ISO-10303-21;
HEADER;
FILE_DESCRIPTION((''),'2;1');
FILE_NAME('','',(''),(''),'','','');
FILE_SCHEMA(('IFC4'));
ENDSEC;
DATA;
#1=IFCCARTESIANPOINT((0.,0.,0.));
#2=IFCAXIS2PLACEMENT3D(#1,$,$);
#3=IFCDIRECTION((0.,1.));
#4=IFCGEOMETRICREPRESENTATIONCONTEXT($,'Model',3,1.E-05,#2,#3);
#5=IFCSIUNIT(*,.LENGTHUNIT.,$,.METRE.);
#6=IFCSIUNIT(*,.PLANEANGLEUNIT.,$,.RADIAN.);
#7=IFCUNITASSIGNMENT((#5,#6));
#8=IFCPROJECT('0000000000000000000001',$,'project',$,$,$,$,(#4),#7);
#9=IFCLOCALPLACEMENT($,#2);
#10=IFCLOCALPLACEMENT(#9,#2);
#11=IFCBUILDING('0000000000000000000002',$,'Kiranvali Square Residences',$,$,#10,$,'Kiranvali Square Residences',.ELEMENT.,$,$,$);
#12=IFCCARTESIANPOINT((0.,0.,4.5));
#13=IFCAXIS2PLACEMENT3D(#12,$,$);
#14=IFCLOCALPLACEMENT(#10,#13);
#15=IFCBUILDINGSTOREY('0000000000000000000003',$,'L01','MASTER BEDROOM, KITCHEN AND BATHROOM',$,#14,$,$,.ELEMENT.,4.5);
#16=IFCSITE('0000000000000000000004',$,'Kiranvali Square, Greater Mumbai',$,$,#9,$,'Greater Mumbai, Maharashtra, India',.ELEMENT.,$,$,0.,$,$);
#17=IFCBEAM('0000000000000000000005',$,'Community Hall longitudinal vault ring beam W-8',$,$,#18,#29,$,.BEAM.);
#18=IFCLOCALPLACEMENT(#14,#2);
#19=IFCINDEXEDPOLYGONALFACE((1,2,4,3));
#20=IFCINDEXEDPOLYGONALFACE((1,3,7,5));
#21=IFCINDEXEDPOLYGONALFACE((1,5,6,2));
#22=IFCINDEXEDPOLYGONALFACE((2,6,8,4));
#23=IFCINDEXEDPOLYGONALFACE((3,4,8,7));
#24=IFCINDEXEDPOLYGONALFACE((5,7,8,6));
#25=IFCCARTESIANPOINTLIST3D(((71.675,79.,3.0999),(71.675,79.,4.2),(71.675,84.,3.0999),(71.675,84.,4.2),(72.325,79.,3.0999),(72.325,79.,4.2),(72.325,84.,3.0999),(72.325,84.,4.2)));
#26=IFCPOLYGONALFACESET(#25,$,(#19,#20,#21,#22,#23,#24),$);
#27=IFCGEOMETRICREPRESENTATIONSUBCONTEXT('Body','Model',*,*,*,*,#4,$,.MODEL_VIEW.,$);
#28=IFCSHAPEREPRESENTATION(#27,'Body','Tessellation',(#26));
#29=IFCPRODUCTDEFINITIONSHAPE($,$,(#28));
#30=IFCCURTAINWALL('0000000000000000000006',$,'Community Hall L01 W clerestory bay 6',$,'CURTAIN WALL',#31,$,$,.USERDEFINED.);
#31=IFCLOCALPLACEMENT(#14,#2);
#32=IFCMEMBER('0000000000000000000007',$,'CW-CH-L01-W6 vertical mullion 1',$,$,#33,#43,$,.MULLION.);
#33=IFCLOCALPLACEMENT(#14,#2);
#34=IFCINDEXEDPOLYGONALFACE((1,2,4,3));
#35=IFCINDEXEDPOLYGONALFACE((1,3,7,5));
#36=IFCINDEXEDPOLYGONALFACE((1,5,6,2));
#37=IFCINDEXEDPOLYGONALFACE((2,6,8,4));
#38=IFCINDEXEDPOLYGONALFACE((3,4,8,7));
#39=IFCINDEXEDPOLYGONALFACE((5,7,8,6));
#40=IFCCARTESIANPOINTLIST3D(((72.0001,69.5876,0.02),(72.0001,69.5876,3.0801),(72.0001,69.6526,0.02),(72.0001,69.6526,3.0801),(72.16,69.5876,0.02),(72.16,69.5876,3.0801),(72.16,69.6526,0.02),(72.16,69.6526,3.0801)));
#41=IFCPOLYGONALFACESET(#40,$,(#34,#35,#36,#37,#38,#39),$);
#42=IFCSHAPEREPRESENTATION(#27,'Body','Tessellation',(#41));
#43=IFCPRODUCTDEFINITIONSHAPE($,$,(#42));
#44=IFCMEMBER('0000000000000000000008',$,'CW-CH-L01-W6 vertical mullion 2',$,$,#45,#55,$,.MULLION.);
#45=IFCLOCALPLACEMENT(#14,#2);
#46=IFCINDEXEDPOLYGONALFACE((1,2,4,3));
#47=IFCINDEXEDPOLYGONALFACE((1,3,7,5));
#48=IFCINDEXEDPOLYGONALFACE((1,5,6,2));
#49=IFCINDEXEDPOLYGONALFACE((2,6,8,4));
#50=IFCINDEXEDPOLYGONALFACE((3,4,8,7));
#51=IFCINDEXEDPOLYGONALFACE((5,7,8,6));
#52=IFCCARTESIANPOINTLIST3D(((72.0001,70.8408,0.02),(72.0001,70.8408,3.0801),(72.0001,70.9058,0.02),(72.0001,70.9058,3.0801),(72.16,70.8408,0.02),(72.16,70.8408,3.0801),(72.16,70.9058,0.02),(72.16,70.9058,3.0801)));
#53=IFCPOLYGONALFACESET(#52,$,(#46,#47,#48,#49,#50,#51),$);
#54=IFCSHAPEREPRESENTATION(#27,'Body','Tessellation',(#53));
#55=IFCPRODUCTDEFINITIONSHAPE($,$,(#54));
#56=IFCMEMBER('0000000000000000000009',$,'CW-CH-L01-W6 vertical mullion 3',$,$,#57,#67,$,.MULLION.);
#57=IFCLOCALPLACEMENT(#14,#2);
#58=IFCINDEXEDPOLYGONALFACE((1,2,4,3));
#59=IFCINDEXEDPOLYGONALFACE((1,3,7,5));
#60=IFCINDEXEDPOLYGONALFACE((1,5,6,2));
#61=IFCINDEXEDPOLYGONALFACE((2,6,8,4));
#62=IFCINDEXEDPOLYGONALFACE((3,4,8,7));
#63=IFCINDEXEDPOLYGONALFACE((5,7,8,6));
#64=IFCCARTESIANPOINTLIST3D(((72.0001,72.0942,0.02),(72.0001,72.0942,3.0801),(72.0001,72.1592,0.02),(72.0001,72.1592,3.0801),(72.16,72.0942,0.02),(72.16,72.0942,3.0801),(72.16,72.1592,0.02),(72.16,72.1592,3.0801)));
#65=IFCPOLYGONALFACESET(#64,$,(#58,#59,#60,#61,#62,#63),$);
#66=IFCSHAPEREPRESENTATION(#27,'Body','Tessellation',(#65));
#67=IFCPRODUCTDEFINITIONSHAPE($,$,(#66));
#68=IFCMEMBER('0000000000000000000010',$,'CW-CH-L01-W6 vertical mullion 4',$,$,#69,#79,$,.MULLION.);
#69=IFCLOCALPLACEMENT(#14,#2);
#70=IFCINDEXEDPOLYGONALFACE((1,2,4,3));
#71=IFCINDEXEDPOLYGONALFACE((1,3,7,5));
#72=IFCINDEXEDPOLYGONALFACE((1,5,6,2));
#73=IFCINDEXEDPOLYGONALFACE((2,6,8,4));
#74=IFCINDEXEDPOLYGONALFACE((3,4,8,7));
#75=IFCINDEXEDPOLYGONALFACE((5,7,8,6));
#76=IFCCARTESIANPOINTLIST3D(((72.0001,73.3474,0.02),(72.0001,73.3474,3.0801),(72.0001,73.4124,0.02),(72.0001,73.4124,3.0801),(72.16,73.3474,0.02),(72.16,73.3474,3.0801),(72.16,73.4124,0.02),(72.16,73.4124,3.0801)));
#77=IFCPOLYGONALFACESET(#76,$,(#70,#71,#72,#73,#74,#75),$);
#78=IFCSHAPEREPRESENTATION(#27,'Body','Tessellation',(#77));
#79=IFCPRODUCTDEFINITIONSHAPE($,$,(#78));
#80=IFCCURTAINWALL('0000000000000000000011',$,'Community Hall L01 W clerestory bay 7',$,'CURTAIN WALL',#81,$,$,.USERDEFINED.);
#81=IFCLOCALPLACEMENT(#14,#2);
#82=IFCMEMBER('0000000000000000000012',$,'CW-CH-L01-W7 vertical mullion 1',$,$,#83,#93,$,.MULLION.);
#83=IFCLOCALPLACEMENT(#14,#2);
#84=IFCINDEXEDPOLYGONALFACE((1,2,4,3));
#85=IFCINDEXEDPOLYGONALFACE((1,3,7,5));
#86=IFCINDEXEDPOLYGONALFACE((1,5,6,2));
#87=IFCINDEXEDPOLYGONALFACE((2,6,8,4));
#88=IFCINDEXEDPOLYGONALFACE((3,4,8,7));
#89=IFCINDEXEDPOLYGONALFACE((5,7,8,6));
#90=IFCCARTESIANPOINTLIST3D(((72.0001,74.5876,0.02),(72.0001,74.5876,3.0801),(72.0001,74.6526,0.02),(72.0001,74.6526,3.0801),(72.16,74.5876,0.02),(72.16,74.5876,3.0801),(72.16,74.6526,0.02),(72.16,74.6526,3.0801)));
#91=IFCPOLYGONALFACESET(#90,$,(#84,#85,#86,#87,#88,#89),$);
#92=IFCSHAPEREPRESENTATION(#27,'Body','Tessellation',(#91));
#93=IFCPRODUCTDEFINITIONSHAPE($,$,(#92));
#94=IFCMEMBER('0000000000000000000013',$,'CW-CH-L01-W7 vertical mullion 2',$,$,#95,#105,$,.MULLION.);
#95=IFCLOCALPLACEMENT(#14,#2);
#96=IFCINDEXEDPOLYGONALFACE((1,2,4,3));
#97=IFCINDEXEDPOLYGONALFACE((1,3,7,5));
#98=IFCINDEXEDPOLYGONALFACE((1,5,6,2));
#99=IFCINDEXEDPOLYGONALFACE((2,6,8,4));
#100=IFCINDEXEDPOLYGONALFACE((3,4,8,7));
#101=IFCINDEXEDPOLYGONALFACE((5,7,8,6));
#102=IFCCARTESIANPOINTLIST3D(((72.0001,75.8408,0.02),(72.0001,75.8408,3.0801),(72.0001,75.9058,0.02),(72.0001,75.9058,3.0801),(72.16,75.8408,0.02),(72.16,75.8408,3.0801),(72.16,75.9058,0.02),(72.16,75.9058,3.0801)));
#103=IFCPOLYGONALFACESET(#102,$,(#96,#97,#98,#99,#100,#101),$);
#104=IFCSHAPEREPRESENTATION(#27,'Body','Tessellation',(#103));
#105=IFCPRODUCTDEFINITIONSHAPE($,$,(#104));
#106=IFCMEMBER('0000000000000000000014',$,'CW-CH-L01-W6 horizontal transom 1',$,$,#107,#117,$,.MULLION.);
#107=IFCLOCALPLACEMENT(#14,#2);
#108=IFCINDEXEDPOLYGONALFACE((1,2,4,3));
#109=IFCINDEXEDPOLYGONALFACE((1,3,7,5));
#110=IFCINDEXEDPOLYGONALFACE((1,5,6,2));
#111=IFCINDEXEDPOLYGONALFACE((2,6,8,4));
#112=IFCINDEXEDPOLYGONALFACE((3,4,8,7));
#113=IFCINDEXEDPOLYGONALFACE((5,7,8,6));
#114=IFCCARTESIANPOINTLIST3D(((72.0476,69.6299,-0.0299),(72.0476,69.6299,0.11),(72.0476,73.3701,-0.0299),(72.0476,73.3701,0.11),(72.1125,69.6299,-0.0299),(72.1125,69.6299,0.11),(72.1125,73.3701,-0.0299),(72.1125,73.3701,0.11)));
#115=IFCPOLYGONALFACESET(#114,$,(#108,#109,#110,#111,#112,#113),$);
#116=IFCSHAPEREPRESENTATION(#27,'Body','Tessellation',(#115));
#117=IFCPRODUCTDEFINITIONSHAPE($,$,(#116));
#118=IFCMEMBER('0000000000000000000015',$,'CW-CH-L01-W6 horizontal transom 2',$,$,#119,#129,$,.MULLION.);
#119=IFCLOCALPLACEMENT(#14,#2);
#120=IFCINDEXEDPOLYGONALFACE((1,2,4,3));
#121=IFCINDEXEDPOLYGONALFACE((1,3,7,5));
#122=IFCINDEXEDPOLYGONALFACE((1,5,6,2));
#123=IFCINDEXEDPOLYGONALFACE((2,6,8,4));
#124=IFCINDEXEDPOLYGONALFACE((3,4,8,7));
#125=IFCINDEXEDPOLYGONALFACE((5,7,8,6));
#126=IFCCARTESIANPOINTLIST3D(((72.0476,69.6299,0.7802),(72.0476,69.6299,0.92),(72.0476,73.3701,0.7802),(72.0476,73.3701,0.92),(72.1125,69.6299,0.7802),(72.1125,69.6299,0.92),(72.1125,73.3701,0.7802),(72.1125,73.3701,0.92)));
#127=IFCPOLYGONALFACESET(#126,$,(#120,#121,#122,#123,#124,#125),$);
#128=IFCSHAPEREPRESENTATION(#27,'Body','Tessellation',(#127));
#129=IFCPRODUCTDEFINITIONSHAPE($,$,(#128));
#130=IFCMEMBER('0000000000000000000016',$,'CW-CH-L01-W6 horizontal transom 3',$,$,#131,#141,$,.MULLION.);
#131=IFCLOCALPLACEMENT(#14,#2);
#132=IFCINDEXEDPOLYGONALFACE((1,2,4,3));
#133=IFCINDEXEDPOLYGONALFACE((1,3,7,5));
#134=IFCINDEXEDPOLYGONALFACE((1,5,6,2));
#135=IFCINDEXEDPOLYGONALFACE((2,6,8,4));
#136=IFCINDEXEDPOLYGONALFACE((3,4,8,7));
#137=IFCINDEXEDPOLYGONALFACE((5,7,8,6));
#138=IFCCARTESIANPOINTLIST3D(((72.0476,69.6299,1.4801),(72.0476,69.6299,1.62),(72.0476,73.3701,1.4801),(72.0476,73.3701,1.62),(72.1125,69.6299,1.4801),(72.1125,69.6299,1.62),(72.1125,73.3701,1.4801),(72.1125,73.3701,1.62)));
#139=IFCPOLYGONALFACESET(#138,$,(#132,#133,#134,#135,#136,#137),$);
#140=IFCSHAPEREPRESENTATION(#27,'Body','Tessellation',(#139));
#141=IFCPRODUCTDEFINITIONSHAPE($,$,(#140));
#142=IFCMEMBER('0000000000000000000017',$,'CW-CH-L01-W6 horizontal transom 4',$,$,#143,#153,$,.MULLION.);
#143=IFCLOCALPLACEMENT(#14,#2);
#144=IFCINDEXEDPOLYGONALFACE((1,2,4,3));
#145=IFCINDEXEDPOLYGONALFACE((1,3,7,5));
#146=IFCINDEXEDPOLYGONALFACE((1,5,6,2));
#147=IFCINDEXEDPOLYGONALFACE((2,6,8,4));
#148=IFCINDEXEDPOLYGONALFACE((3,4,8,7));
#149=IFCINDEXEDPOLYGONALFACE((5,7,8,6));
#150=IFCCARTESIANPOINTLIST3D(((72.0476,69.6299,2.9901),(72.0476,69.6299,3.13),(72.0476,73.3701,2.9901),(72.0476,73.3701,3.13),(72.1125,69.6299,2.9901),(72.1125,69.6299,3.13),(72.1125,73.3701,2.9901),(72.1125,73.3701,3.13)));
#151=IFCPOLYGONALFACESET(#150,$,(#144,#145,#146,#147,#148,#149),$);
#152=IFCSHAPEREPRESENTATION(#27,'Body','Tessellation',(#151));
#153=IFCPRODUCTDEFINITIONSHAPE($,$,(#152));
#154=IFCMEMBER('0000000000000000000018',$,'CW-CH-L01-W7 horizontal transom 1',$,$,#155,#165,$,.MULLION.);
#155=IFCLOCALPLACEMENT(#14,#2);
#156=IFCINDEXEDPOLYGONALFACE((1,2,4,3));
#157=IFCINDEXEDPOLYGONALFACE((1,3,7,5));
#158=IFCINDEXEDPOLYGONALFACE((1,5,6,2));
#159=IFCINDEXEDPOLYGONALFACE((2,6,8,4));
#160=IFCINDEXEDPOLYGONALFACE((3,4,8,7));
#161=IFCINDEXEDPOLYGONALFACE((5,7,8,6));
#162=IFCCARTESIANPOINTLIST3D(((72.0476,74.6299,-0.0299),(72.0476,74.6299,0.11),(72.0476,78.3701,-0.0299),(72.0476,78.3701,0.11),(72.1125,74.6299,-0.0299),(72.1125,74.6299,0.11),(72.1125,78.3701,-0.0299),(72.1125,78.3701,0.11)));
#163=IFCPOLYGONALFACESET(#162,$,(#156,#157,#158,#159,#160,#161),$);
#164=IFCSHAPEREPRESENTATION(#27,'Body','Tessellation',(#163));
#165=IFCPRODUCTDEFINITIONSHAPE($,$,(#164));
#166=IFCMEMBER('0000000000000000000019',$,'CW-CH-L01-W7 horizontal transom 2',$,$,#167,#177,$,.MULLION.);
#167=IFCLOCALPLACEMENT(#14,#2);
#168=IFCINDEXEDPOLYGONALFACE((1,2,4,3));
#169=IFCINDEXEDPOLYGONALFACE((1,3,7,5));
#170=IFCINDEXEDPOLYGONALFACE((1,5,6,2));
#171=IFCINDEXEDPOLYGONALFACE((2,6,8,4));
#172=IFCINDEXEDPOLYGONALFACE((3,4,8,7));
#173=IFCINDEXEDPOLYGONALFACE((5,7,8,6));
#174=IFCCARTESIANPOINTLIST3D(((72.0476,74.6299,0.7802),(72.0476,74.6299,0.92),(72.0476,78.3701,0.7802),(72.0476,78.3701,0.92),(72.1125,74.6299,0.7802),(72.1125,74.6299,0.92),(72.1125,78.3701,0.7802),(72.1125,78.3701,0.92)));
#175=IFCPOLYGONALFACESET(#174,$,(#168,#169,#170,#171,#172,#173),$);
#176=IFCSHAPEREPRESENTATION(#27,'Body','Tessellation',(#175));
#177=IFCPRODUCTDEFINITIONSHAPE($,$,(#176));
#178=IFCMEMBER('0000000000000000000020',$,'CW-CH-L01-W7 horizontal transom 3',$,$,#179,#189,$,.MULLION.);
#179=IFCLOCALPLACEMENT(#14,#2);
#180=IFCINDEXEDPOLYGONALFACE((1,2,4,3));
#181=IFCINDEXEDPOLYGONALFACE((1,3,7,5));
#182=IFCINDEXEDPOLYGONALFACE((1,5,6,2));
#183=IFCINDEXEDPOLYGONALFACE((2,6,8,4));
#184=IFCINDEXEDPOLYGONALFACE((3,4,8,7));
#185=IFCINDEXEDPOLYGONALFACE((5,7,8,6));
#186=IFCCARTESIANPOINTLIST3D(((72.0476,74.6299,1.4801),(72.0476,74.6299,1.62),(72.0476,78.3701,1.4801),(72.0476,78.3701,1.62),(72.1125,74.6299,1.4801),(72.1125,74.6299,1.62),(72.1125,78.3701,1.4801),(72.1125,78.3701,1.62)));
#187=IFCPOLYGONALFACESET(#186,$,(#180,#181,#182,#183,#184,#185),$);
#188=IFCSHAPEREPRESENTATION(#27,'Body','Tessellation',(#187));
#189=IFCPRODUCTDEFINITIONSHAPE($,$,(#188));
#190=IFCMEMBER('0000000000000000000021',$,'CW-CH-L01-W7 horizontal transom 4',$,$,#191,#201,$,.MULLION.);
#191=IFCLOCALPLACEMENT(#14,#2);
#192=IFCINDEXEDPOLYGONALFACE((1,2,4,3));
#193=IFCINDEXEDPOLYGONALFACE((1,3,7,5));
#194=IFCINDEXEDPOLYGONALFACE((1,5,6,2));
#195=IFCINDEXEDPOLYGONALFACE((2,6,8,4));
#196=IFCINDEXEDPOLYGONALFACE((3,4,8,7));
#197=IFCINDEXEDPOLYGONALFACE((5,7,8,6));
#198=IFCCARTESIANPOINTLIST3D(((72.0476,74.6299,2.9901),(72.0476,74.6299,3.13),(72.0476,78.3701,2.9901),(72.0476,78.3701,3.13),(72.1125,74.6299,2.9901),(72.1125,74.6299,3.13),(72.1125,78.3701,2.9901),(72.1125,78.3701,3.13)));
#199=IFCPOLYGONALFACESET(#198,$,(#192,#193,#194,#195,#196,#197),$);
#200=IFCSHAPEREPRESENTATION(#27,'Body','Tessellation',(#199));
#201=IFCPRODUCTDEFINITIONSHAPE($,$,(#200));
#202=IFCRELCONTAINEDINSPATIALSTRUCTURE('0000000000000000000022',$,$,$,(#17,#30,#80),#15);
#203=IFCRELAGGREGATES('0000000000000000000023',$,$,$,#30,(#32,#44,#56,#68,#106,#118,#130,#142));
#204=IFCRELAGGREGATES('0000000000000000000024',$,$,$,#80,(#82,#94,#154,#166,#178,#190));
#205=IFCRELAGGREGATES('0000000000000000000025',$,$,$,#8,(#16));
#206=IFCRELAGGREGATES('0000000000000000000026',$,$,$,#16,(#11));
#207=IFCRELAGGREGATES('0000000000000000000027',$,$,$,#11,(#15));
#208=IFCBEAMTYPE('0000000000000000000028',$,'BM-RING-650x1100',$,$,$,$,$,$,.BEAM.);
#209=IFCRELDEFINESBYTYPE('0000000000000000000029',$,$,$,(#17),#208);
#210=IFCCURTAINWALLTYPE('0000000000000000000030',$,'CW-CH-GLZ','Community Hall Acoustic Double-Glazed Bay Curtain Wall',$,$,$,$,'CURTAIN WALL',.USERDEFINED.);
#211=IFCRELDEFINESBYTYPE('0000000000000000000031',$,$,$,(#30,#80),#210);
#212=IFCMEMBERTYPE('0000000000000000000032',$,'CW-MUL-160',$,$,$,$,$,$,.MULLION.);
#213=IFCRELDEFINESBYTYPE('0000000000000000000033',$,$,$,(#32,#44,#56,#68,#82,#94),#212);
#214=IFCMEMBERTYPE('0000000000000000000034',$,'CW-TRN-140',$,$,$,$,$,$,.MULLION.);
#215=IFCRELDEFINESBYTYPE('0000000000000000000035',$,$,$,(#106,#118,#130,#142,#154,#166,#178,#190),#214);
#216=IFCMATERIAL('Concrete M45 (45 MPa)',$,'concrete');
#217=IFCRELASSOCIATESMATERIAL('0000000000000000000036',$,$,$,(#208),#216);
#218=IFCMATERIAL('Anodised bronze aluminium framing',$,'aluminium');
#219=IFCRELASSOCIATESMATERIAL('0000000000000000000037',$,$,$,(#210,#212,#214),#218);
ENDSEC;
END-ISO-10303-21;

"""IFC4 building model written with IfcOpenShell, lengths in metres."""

from ifc_helpers import new_model, si_unit, direction, frame, origin, origin_2d, place, context, subcontext, project, spatial, rectangle, extrude, material, material_profile, profile_set, type_object, element, aggregate, save


model = new_model("IFC4")

# Units and contexts
model_context = context("Model", 3, precision=1e-05, world=origin(), true_north=direction((0.0, 1.0)))
body_context = subcontext(model_context, "Body", "Model", "MODEL_VIEW")
ifc_project = project(units=[si_unit("LENGTHUNIT", "METRE"), si_unit("PLANEANGLEUNIT", "RADIAN")], contexts=[model_context])

# Site, building, storey
site_placement = place(None, origin())
site = spatial("IfcSite", under=ifc_project, at=site_placement, Name="Kiranvali Square, Greater Mumbai", LongName="Greater Mumbai, Maharashtra, India", CompositionType="ELEMENT", RefElevation=0.0)
building_placement = place(site_placement, origin())
building = spatial("IfcBuilding", under=site, at=building_placement, Name="Kiranvali Square Residences", LongName="Kiranvali Square Residences", CompositionType="ELEMENT")
storey_placement = place(building_placement, frame((0.0, 0.0, 4.5)))
storey = spatial("IfcBuildingStorey", under=building, at=storey_placement, Name="L01", Description="MASTER BEDROOM, KITCHEN AND BATHROOM", CompositionType="ELEMENT", Elevation=4.5)

# Beam
ifc_material_1 = material(Name="Concrete M45 (45 MPa)", Category="concrete")
ifc_material_profile_1 = material_profile(ifc_material_1, rectangle(XDim=0.6499, YDim=1.1001, at=origin_2d()), Name="RC 650x1100")
ifc_profile_set_1 = profile_set([ifc_material_profile_1], Name="Concrete M45 (45 MPa)")
beam_type = type_object("IfcBeamType", Name="BM-RING-650x1100", PredefinedType="BEAM", material=ifc_profile_set_1)
beam_placement = place(storey_placement, frame((72.0, 79.0, 3.6499), z_axis=(0.0, 1.0, 0.0), x_axis=(-1.0, 0.0, 0.0)))
element("IfcBeam", 1, at=beam_placement, inside=storey, type_object=beam_type, Name="Community Hall longitudinal vault ring beam W-8", PredefinedType="BEAM", context=body_context, shape_type="SweptSolid", body=[
    extrude(rectangle(XDim=0.6499, YDim=1.1001, at=origin_2d()), origin(), (0.0, 0.0, 1.0), 5.0),
])

# Curtain walls, members
ifc_material_2 = material(Name="Anodised bronze aluminium framing", Category="aluminium")
curtain_wall_type = type_object("IfcCurtainWallType", Name="CW-CH-GLZ", Description="Community Hall Acoustic Double-Glazed Bay Curtain Wall", ElementType="CURTAIN WALL", PredefinedType="USERDEFINED", material=ifc_material_2)
curtain_wall_1_placement = place(storey_placement, origin())
curtain_wall_1 = element("IfcCurtainWall", 2, at=curtain_wall_1_placement, inside=storey, type_object=curtain_wall_type, Name="Community Hall L01 W clerestory bay 6", ObjectType="CURTAIN WALL", PredefinedType="USERDEFINED")
ifc_material_profile_2 = material_profile(ifc_material_2, rectangle(XDim=0.0649, YDim=0.1599, at=origin_2d()), Name="ALU 65x160")
ifc_profile_set_2 = profile_set([ifc_material_profile_2], Name="Anodised bronze aluminium framing")
member_type_1 = type_object("IfcMemberType", Name="CW-MUL-160", PredefinedType="MULLION", material=ifc_profile_set_2)
member_1_placement = place(storey_placement, frame((72.0801, 69.6201, 0.02), z_axis=(0.0, 0.0, 1.0), x_axis=(0.0, 1.0, 0.0)))
member_1 = element("IfcMember", 3, at=member_1_placement, type_object=member_type_1, Name="CW-CH-L01-W6 vertical mullion 1", PredefinedType="MULLION", context=body_context, shape_type="SweptSolid", body=[
    extrude(rectangle(XDim=0.0649, YDim=0.1599, at=origin_2d()), origin(), (0.0, 0.0, 1.0), 3.0601),
])
member_2_placement = place(storey_placement, frame((72.0801, 70.8733, 0.02), z_axis=(0.0, 0.0, 1.0), x_axis=(0.0, 1.0, 0.0)))
member_2 = element("IfcMember", 4, at=member_2_placement, type_object=member_type_1, Name="CW-CH-L01-W6 vertical mullion 2", PredefinedType="MULLION", context=body_context, shape_type="SweptSolid", body=[
    extrude(rectangle(XDim=0.0649, YDim=0.1599, at=origin_2d()), origin(), (0.0, 0.0, 1.0), 3.0601),
])
member_3_placement = place(storey_placement, frame((72.0801, 72.1267, 0.02), z_axis=(0.0, 0.0, 1.0), x_axis=(0.0, 1.0, 0.0)))
member_3 = element("IfcMember", 5, at=member_3_placement, type_object=member_type_1, Name="CW-CH-L01-W6 vertical mullion 3", PredefinedType="MULLION", context=body_context, shape_type="SweptSolid", body=[
    extrude(rectangle(XDim=0.0649, YDim=0.1599, at=origin_2d()), origin(), (0.0, 0.0, 1.0), 3.0601),
])
member_4_placement = place(storey_placement, frame((72.0801, 73.3799, 0.02), z_axis=(0.0, 0.0, 1.0), x_axis=(0.0, 1.0, 0.0)))
member_4 = element("IfcMember", 6, at=member_4_placement, type_object=member_type_1, Name="CW-CH-L01-W6 vertical mullion 4", PredefinedType="MULLION", context=body_context, shape_type="SweptSolid", body=[
    extrude(rectangle(XDim=0.0649, YDim=0.1599, at=origin_2d()), origin(), (0.0, 0.0, 1.0), 3.0601),
])
curtain_wall_2_placement = place(storey_placement, origin())
curtain_wall_2 = element("IfcCurtainWall", 7, at=curtain_wall_2_placement, inside=storey, type_object=curtain_wall_type, Name="Community Hall L01 W clerestory bay 7", ObjectType="CURTAIN WALL", PredefinedType="USERDEFINED")
member_5_placement = place(storey_placement, frame((72.0801, 74.6201, 0.02), z_axis=(0.0, 0.0, 1.0), x_axis=(0.0, 1.0, 0.0)))
member_5 = element("IfcMember", 8, at=member_5_placement, type_object=member_type_1, Name="CW-CH-L01-W7 vertical mullion 1", PredefinedType="MULLION", context=body_context, shape_type="SweptSolid", body=[
    extrude(rectangle(XDim=0.0649, YDim=0.1599, at=origin_2d()), origin(), (0.0, 0.0, 1.0), 3.0601),
])
member_6_placement = place(storey_placement, frame((72.0801, 75.8733, 0.02), z_axis=(0.0, 0.0, 1.0), x_axis=(0.0, 1.0, 0.0)))
member_6 = element("IfcMember", 9, at=member_6_placement, type_object=member_type_1, Name="CW-CH-L01-W7 vertical mullion 2", PredefinedType="MULLION", context=body_context, shape_type="SweptSolid", body=[
    extrude(rectangle(XDim=0.0649, YDim=0.1599, at=origin_2d()), origin(), (0.0, 0.0, 1.0), 3.0601),
])

# Members
ifc_material_profile_3 = material_profile(ifc_material_2, rectangle(XDim=0.0649, YDim=0.1399, at=origin_2d()), Name="ALU 65x140")
ifc_profile_set_3 = profile_set([ifc_material_profile_3], Name="Anodised bronze aluminium framing")
member_type_2 = type_object("IfcMemberType", Name="CW-TRN-140", PredefinedType="MULLION", material=ifc_profile_set_3)
member_7_placement = place(storey_placement, frame((72.0801, 69.6299, 0.04), z_axis=(0.0, 1.0, 0.0), x_axis=(-1.0, 0.0, 0.0)))
member_7 = element("IfcMember", 10, at=member_7_placement, type_object=member_type_2, Name="CW-CH-L01-W6 horizontal transom 1", PredefinedType="MULLION", context=body_context, shape_type="SweptSolid", body=[
    extrude(rectangle(XDim=0.0649, YDim=0.1399, at=origin_2d()), origin(), (0.0, 0.0, 1.0), 3.7402),
])
member_8_placement = place(storey_placement, frame((72.0801, 69.6299, 0.8501), z_axis=(0.0, 1.0, 0.0), x_axis=(-1.0, 0.0, 0.0)))
member_8 = element("IfcMember", 11, at=member_8_placement, type_object=member_type_2, Name="CW-CH-L01-W6 horizontal transom 2", PredefinedType="MULLION", context=body_context, shape_type="SweptSolid", body=[
    extrude(rectangle(XDim=0.0649, YDim=0.1399, at=origin_2d()), origin(), (0.0, 0.0, 1.0), 3.7402),
])
member_9_placement = place(storey_placement, frame((72.0801, 69.6299, 1.55), z_axis=(0.0, 1.0, 0.0), x_axis=(-1.0, 0.0, 0.0)))
member_9 = element("IfcMember", 12, at=member_9_placement, type_object=member_type_2, Name="CW-CH-L01-W6 horizontal transom 3", PredefinedType="MULLION", context=body_context, shape_type="SweptSolid", body=[
    extrude(rectangle(XDim=0.0649, YDim=0.1399, at=origin_2d()), origin(), (0.0, 0.0, 1.0), 3.7402),
])
member_10_placement = place(storey_placement, frame((72.0801, 69.6299, 3.0601), z_axis=(0.0, 1.0, 0.0), x_axis=(-1.0, 0.0, 0.0)))
member_10 = element("IfcMember", 13, at=member_10_placement, type_object=member_type_2, Name="CW-CH-L01-W6 horizontal transom 4", PredefinedType="MULLION", context=body_context, shape_type="SweptSolid", body=[
    extrude(rectangle(XDim=0.0649, YDim=0.1399, at=origin_2d()), origin(), (0.0, 0.0, 1.0), 3.7402),
])
member_11_placement = place(storey_placement, frame((72.0801, 74.6299, 0.04), z_axis=(0.0, 1.0, 0.0), x_axis=(-1.0, 0.0, 0.0)))
member_11 = element("IfcMember", 14, at=member_11_placement, type_object=member_type_2, Name="CW-CH-L01-W7 horizontal transom 1", PredefinedType="MULLION", context=body_context, shape_type="SweptSolid", body=[
    extrude(rectangle(XDim=0.0649, YDim=0.1399, at=origin_2d()), origin(), (0.0, 0.0, 1.0), 3.7402),
])
member_12_placement = place(storey_placement, frame((72.0801, 74.6299, 0.8501), z_axis=(0.0, 1.0, 0.0), x_axis=(-1.0, 0.0, 0.0)))
member_12 = element("IfcMember", 15, at=member_12_placement, type_object=member_type_2, Name="CW-CH-L01-W7 horizontal transom 2", PredefinedType="MULLION", context=body_context, shape_type="SweptSolid", body=[
    extrude(rectangle(XDim=0.0649, YDim=0.1399, at=origin_2d()), origin(), (0.0, 0.0, 1.0), 3.7402),
])
member_13_placement = place(storey_placement, frame((72.0801, 74.6299, 1.55), z_axis=(0.0, 1.0, 0.0), x_axis=(-1.0, 0.0, 0.0)))
member_13 = element("IfcMember", 16, at=member_13_placement, type_object=member_type_2, Name="CW-CH-L01-W7 horizontal transom 3", PredefinedType="MULLION", context=body_context, shape_type="SweptSolid", body=[
    extrude(rectangle(XDim=0.0649, YDim=0.1399, at=origin_2d()), origin(), (0.0, 0.0, 1.0), 3.7402),
])
member_14_placement = place(storey_placement, frame((72.0801, 74.6299, 3.0601), z_axis=(0.0, 1.0, 0.0), x_axis=(-1.0, 0.0, 0.0)))
member_14 = element("IfcMember", 17, at=member_14_placement, type_object=member_type_2, Name="CW-CH-L01-W7 horizontal transom 4", PredefinedType="MULLION", context=body_context, shape_type="SweptSolid", body=[
    extrude(rectangle(XDim=0.0649, YDim=0.1399, at=origin_2d()), origin(), (0.0, 0.0, 1.0), 3.7402),
])

aggregate(curtain_wall_1, [member_1, member_2, member_3, member_4, member_7, member_8, member_9, member_10])
aggregate(curtain_wall_2, [member_5, member_6, member_11, member_12, member_13, member_14])

save(model, "model.ifc")
